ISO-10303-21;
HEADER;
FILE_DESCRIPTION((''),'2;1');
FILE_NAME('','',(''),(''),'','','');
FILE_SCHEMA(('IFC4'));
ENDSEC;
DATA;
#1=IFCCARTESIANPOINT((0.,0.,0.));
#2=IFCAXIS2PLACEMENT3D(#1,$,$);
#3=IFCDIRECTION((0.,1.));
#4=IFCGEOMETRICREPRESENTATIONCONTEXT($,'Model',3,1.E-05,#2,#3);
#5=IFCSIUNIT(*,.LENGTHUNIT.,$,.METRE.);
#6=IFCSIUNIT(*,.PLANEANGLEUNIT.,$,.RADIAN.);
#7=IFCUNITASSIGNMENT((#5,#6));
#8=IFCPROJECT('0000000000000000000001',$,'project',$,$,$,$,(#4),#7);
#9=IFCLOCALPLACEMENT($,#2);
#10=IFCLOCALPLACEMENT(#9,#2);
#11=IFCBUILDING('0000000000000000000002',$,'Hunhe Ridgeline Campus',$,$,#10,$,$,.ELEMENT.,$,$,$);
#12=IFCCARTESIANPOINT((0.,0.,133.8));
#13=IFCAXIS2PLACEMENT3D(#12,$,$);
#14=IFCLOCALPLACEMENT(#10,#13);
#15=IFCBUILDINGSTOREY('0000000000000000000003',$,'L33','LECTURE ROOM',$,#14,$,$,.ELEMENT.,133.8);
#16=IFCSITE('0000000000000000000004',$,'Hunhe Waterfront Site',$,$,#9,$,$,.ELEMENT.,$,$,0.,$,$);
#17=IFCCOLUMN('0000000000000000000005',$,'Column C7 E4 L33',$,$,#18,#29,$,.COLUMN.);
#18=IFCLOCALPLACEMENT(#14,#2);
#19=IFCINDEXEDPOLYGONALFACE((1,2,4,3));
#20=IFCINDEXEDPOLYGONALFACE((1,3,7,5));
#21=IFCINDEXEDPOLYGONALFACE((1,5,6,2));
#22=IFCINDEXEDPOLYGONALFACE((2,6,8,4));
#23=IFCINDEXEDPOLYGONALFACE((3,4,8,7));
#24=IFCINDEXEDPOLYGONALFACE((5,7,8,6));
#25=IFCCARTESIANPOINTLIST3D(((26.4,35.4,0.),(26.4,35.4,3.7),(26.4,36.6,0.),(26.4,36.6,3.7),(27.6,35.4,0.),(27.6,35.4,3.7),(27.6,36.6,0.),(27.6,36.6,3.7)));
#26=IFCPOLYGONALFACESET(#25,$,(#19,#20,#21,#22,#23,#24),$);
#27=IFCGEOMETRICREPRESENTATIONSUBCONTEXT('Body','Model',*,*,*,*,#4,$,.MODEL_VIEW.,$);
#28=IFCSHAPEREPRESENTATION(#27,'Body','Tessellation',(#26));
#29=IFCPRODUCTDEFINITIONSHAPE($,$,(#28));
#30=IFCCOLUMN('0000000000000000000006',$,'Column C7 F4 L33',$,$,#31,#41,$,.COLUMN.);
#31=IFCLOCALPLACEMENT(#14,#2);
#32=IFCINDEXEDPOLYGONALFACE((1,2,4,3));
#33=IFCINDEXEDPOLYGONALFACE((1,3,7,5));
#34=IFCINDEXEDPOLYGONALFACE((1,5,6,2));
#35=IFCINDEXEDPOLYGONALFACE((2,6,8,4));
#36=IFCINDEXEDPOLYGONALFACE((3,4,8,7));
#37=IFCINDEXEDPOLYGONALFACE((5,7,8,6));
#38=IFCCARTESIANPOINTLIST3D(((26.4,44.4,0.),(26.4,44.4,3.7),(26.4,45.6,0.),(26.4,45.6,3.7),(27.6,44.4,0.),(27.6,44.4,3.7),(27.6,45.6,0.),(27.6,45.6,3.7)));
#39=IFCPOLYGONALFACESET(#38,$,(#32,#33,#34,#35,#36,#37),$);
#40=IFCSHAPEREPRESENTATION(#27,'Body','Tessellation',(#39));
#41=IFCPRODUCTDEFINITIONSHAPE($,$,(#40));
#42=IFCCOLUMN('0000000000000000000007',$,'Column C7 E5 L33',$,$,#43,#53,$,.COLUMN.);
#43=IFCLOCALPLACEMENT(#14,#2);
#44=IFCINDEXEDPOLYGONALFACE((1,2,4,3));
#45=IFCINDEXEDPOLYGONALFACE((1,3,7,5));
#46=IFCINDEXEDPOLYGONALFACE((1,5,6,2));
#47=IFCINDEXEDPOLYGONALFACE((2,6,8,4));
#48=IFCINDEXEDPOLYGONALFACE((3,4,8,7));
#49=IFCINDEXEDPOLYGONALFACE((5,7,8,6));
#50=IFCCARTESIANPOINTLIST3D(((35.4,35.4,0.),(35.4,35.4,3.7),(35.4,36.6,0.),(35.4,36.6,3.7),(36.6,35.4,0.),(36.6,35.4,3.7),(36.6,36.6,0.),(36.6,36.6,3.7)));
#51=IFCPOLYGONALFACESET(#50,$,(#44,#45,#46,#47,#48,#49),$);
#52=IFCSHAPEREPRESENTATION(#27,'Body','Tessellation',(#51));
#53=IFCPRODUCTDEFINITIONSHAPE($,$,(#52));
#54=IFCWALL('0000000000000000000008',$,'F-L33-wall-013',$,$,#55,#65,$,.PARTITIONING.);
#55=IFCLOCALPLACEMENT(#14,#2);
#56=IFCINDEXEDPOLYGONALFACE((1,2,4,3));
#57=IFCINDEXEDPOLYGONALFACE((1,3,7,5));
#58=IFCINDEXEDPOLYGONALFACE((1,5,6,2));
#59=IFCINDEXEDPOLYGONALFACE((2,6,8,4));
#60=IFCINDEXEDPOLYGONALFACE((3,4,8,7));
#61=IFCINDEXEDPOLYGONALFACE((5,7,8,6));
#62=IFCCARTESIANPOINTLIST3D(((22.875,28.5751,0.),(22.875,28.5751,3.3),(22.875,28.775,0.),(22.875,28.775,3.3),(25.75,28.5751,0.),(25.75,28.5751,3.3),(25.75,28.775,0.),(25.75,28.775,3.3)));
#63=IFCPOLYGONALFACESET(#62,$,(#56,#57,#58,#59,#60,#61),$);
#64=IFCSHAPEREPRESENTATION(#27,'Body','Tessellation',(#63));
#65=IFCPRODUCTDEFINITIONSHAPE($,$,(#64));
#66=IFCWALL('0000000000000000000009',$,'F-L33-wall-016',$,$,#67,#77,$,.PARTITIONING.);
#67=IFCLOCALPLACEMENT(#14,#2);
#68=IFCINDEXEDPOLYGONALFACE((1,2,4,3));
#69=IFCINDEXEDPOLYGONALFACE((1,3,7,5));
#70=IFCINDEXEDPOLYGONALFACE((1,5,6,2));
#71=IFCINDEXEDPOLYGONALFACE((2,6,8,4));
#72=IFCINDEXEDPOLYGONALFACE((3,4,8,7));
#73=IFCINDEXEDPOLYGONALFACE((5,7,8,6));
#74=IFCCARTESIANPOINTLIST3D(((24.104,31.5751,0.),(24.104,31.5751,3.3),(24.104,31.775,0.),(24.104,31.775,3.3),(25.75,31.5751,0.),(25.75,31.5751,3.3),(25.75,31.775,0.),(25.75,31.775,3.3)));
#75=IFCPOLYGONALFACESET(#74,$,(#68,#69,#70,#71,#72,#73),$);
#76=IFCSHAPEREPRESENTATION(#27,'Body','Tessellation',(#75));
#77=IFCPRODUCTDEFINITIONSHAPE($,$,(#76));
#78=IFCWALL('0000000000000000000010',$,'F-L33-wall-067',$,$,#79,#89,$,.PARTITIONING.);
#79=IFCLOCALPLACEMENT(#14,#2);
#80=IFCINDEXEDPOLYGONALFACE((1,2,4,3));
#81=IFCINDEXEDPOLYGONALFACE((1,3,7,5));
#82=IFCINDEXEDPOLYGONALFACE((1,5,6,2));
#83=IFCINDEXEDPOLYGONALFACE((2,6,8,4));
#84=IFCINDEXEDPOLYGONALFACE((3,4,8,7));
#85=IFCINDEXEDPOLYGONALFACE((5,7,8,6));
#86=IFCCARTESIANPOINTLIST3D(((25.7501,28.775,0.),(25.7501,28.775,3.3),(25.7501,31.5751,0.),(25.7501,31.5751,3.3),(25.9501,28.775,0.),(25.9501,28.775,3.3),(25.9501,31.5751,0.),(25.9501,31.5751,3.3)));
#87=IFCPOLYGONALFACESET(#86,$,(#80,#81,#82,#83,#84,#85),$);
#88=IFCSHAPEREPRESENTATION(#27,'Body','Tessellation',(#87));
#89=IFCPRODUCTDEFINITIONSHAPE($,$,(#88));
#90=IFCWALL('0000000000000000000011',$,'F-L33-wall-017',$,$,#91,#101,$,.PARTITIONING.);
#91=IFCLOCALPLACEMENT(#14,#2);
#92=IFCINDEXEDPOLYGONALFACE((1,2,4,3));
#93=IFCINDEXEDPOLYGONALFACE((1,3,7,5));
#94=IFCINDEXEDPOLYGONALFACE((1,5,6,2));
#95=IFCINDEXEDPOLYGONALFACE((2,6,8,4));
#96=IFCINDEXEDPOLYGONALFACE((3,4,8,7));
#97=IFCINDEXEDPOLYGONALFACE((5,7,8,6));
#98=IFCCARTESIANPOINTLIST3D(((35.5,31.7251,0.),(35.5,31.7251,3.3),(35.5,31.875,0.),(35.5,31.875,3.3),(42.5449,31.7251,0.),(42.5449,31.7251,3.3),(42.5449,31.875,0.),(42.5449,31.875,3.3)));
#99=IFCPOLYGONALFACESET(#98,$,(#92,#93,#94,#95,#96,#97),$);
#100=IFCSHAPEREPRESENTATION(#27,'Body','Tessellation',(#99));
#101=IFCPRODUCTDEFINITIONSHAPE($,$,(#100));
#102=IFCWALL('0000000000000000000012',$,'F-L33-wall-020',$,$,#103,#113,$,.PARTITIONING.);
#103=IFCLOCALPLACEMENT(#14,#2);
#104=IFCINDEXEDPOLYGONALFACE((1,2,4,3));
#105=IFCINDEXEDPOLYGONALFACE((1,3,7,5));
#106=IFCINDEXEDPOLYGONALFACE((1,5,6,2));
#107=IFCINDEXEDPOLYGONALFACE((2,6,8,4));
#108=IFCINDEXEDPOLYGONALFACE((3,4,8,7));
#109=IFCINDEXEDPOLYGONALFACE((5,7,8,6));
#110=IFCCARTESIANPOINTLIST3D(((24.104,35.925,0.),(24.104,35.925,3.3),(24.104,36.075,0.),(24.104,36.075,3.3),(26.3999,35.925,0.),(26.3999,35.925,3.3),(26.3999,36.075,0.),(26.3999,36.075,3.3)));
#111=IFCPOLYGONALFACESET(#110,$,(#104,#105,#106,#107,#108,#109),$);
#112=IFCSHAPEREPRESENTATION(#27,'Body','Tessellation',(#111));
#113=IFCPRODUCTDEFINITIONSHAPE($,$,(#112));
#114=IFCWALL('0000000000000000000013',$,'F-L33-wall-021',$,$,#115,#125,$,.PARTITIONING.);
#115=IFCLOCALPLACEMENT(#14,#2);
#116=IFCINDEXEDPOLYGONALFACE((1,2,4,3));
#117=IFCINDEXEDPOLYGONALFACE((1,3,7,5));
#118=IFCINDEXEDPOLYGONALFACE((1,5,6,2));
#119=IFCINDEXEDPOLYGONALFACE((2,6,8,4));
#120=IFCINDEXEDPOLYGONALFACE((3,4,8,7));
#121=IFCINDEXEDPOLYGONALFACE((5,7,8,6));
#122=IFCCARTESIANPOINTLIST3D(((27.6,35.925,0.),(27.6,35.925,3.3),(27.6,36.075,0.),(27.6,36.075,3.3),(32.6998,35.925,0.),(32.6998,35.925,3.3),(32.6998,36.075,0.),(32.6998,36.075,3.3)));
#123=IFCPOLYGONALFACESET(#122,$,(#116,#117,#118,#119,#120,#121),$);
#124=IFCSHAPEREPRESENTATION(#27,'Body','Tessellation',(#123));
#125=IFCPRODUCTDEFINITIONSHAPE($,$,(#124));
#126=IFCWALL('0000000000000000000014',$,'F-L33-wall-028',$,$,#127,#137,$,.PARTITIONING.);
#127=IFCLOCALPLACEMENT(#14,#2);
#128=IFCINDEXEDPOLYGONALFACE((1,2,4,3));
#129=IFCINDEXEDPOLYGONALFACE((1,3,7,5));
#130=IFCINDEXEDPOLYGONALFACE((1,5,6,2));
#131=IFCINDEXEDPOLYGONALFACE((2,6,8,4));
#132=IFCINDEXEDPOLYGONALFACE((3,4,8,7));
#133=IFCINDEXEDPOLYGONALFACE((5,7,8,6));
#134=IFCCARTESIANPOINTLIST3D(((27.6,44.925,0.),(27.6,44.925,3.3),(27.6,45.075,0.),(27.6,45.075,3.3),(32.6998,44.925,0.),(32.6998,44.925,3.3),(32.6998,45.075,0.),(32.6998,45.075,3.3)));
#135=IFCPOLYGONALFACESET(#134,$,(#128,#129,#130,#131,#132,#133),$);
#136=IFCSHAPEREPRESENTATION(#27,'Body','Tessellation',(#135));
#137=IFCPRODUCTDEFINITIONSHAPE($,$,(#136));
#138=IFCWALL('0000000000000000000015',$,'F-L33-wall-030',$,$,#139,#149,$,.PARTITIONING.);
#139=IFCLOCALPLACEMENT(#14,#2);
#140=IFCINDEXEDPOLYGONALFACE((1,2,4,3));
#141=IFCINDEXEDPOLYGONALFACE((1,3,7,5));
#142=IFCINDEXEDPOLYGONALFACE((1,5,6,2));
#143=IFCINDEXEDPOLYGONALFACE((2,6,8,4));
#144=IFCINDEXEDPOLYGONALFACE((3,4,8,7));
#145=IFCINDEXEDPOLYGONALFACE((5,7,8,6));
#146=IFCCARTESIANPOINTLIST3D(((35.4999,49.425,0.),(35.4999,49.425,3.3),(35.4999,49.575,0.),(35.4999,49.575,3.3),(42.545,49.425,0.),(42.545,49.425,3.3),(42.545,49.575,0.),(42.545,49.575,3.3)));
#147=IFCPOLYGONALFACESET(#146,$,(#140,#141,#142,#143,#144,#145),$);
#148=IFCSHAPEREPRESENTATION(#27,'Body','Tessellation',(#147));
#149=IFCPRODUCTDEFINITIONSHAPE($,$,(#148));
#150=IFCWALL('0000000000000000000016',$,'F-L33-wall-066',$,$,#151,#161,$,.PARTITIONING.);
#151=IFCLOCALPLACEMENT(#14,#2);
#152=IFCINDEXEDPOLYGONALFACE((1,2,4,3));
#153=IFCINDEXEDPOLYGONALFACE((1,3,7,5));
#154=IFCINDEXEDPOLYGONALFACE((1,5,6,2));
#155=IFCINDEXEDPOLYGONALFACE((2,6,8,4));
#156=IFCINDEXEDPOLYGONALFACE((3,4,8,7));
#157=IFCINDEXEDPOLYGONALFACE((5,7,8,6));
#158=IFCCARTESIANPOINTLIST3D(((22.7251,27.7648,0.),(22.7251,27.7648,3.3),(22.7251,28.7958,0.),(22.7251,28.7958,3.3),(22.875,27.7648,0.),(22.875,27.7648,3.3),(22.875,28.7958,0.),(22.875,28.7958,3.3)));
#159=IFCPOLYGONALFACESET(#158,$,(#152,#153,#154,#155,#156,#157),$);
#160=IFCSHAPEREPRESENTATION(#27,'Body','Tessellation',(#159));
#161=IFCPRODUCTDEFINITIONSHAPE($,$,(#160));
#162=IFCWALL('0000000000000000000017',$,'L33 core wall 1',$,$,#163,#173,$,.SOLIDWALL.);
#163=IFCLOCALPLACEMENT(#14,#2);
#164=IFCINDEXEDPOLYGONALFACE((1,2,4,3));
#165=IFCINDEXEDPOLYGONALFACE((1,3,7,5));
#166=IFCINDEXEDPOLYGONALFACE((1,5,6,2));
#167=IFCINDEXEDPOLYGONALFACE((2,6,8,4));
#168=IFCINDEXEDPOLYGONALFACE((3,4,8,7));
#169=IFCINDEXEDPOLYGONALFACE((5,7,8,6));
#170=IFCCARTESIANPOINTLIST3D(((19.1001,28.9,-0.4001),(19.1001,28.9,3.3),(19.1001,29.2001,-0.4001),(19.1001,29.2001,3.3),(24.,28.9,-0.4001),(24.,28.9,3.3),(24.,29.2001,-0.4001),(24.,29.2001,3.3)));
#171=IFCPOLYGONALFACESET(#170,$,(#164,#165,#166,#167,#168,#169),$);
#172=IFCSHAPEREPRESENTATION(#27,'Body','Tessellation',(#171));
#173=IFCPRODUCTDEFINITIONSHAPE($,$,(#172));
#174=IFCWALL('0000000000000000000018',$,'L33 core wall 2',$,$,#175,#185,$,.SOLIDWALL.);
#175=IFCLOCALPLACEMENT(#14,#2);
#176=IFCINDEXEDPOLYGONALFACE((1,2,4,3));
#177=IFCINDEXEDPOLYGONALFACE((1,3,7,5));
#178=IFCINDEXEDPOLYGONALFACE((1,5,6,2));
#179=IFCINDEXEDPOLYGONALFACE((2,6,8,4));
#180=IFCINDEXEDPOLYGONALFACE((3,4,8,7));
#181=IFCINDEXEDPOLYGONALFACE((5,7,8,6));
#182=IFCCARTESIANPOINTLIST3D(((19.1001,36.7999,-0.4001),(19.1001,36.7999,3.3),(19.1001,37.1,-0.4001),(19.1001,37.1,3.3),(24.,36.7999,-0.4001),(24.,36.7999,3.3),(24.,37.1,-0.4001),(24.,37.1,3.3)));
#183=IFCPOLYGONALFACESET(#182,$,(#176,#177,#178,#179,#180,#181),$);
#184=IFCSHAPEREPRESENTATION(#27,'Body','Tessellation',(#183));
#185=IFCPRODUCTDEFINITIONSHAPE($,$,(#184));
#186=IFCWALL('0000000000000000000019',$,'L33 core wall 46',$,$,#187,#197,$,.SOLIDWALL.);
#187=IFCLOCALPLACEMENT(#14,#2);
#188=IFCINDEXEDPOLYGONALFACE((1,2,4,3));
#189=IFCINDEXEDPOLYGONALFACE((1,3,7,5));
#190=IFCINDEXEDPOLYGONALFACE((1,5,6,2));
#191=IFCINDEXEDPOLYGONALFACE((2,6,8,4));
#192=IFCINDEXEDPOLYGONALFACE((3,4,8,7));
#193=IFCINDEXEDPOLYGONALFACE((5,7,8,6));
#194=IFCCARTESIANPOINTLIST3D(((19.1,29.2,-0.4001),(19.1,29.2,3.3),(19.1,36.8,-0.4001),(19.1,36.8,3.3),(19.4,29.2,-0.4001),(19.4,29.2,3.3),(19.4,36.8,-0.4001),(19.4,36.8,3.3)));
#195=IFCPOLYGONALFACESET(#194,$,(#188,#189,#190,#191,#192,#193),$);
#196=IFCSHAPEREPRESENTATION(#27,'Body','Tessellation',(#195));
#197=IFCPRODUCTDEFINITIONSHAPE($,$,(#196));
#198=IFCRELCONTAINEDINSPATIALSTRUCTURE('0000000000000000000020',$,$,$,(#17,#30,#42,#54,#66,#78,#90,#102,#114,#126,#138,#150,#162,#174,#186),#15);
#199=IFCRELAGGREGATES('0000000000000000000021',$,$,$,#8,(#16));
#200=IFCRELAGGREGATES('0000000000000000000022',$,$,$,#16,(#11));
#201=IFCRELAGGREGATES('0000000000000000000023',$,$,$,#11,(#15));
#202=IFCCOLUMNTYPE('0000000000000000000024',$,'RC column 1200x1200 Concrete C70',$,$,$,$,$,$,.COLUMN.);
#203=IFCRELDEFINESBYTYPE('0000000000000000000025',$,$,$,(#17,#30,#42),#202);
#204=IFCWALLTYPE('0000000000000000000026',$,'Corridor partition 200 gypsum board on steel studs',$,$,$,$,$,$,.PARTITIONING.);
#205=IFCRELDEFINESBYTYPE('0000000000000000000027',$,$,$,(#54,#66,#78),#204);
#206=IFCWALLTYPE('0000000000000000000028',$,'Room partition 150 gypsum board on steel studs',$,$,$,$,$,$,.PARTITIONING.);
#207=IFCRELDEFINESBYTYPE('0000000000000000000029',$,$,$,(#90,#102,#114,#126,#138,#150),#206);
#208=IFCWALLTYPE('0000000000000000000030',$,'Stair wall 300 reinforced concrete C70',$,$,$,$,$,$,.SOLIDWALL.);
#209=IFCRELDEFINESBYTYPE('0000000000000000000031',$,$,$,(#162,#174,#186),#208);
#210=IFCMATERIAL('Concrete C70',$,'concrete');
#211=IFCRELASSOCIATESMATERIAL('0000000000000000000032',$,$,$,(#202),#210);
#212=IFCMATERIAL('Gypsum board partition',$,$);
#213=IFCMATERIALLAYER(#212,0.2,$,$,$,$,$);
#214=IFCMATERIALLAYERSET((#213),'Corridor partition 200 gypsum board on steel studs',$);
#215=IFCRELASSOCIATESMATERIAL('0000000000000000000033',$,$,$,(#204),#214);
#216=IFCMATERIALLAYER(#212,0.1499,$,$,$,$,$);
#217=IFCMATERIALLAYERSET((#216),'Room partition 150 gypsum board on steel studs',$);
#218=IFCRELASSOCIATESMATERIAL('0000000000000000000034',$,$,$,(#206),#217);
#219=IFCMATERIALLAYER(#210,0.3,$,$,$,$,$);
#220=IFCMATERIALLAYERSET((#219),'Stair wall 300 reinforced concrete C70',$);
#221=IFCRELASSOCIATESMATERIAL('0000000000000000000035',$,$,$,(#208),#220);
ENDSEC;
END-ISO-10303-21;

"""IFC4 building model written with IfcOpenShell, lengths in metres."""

from ifc_helpers import new_model, si_unit, direction, frame, frame_2d, origin, origin_2d, place, context, subcontext, project, spatial, rectangle, extrude, material, layer, layer_set, material_profile, profile_set, type_object, element, save


model = new_model("IFC4")

# Units and contexts
model_context = context("Model", 3, precision=1e-05, world=origin(), true_north=direction((0.0, 1.0)))
body_context = subcontext(model_context, "Body", "Model", "MODEL_VIEW")
ifc_project = project(units=[si_unit("LENGTHUNIT", "METRE"), si_unit("PLANEANGLEUNIT", "RADIAN")], contexts=[model_context])

# Site, building, storey
site_placement = place(None, origin())
site = spatial("IfcSite", under=ifc_project, at=site_placement, Name="Hunhe Waterfront Site", CompositionType="ELEMENT", RefElevation=0.0)
building_placement = place(site_placement, origin())
building = spatial("IfcBuilding", under=site, at=building_placement, Name="Hunhe Ridgeline Campus", CompositionType="ELEMENT")
storey_placement = place(building_placement, frame((0.0, 0.0, 133.8)))
storey = spatial("IfcBuildingStorey", under=building, at=storey_placement, Name="L33", Description="LECTURE ROOM", CompositionType="ELEMENT", Elevation=133.8)

# Columns
ifc_material_1 = material(Name="Concrete C70", Category="concrete")
ifc_material_profile = material_profile(ifc_material_1, rectangle(XDim=1.2, YDim=1.2, at=origin_2d()))
ifc_profile_set = profile_set([ifc_material_profile], Name="Concrete C70")
column_type = type_object("IfcColumnType", Name="RC column 1200x1200 Concrete C70", PredefinedType="COLUMN", material=ifc_profile_set)
for number, where, z_axis, x_axis, name in (
    (1, (27.0, 36.0, 0.0), (0.0, 0.0, 1.0), (1.0, 0.0, 0.0), "Column C7 E4 L33"),
    (2, (27.0, 45.0, 0.0), (0.0, 0.0, 1.0), (1.0, 0.0, 0.0), "Column C7 F4 L33"),
    (3, (36.0, 36.0, 0.0), (0.0, 0.0, 1.0), (1.0, 0.0, 0.0), "Column C7 E5 L33"),
):
    element("IfcColumn", number, at=place(storey_placement, frame(where, z_axis=z_axis, x_axis=x_axis)), inside=storey, type_object=column_type, Name=name, PredefinedType="COLUMN", context=body_context, shape_type="SweptSolid", body=[
        extrude(rectangle(XDim=1.2, YDim=1.2, at=origin_2d()), origin(), (0.0, 0.0, 1.0), 3.7),
    ])

# Walls
ifc_material_2 = material(Name="Gypsum board partition")
ifc_layer_1 = layer(ifc_material_2, 0.2)
ifc_layer_set_1 = layer_set([ifc_layer_1], Name="Corridor partition 200 gypsum board on steel studs")
wall_type_1 = type_object("IfcWallType", Name="Corridor partition 200 gypsum board on steel studs", PredefinedType="PARTITIONING", material=ifc_layer_set_1)
wall_1_placement = place(storey_placement, frame((25.75, 28.675, 0.0), z_axis=(0.0, 0.0, 1.0), x_axis=(-1.0, 0.0, 0.0)))
element("IfcWall", 4, at=wall_1_placement, inside=storey, type_object=wall_type_1, Name="F-L33-wall-013", PredefinedType="PARTITIONING", context=body_context, shape_type="SweptSolid", body=[
    extrude(rectangle(XDim=2.875, YDim=0.2, at=frame_2d((1.4375, 0.0))), origin(), (0.0, 0.0, 1.0), 3.3),
])
wall_2_placement = place(storey_placement, frame((24.104, 31.675, 0.0), z_axis=(0.0, 0.0, 1.0), x_axis=(1.0, 0.0, 0.0)))
element("IfcWall", 5, at=wall_2_placement, inside=storey, type_object=wall_type_1, Name="F-L33-wall-016", PredefinedType="PARTITIONING", context=body_context, shape_type="SweptSolid", body=[
    extrude(rectangle(XDim=1.646, YDim=0.2, at=frame_2d((0.823, 0.0))), origin(), (0.0, 0.0, 1.0), 3.3),
])
wall_3_placement = place(storey_placement, frame((25.8501, 31.575, 0.0), z_axis=(0.0, 0.0, 1.0), x_axis=(0.0, -1.0, 0.0)))
element("IfcWall", 6, at=wall_3_placement, inside=storey, type_object=wall_type_1, Name="F-L33-wall-067", PredefinedType="PARTITIONING", context=body_context, shape_type="SweptSolid", body=[
    extrude(rectangle(XDim=2.8, YDim=0.2, at=frame_2d((1.3999, 0.0))), origin(), (0.0, 0.0, 1.0), 3.3),
])

# Walls
ifc_layer_2 = layer(ifc_material_2, 0.1499)
ifc_layer_set_2 = layer_set([ifc_layer_2], Name="Room partition 150 gypsum board on steel studs")
wall_type_2 = type_object("IfcWallType", Name="Room partition 150 gypsum board on steel studs", PredefinedType="PARTITIONING", material=ifc_layer_set_2)
wall_4_placement = place(storey_placement, frame((35.5, 31.8, 0.0), z_axis=(0.0, 0.0, 1.0), x_axis=(1.0, 0.0, 0.0)))
element("IfcWall", 7, at=wall_4_placement, inside=storey, type_object=wall_type_2, Name="F-L33-wall-017", PredefinedType="PARTITIONING", context=body_context, shape_type="SweptSolid", body=[
    extrude(rectangle(XDim=7.0449, YDim=0.1499, at=frame_2d((3.5225, 0.0))), origin(), (0.0, 0.0, 1.0), 3.3),
])
wall_5_placement = place(storey_placement, frame((24.104, 36.0, 0.0), z_axis=(0.0, 0.0, 1.0), x_axis=(1.0, 0.0, 0.0)))
element("IfcWall", 8, at=wall_5_placement, inside=storey, type_object=wall_type_2, Name="F-L33-wall-020", PredefinedType="PARTITIONING", context=body_context, shape_type="SweptSolid", body=[
    extrude(rectangle(XDim=2.2959, YDim=0.1499, at=frame_2d((1.1479, 0.0))), origin(), (0.0, 0.0, 1.0), 3.3),
])
for number, where, z_axis, x_axis, name in (
    (9, (27.6001, 36.0, 0.0), (0.0, 0.0, 1.0), (1.0, 0.0, 0.0), "F-L33-wall-021"),
    (10, (27.6001, 45.0, 0.0), (0.0, 0.0, 1.0), (1.0, 0.0, 0.0), "F-L33-wall-028"),
):
    element("IfcWall", number, at=place(storey_placement, frame(where, z_axis=z_axis, x_axis=x_axis)), inside=storey, type_object=wall_type_2, Name=name, PredefinedType="PARTITIONING", context=body_context, shape_type="SweptSolid", body=[
        extrude(rectangle(XDim=5.0999, YDim=0.1499, at=frame_2d((2.5498, 0.0))), origin(), (0.0, 0.0, 1.0), 3.3),
    ])
wall_6_placement = place(storey_placement, frame((35.5, 49.5, 0.0), z_axis=(0.0, 0.0, 1.0), x_axis=(1.0, 0.0, 0.0)))
element("IfcWall", 11, at=wall_6_placement, inside=storey, type_object=wall_type_2, Name="F-L33-wall-030", PredefinedType="PARTITIONING", context=body_context, shape_type="SweptSolid", body=[
    extrude(rectangle(XDim=7.0452, YDim=0.1499, at=frame_2d((3.5225, 0.0))), origin(), (0.0, 0.0, 1.0), 3.3),
])
wall_7_placement = place(storey_placement, frame((22.8, 28.7959, 0.0), z_axis=(0.0, 0.0, 1.0), x_axis=(0.0, -1.0, 0.0)))
element("IfcWall", 12, at=wall_7_placement, inside=storey, type_object=wall_type_2, Name="F-L33-wall-066", PredefinedType="PARTITIONING", context=body_context, shape_type="SweptSolid", body=[
    extrude(rectangle(XDim=1.031, YDim=0.1499, at=frame_2d((0.5156, 0.0))), origin(), (0.0, 0.0, 1.0), 3.3),
])
ifc_layer_3 = layer(ifc_material_1, 0.3)
ifc_layer_set_3 = layer_set([ifc_layer_3], Name="Stair wall 300 reinforced concrete C70")
wall_type_3 = type_object("IfcWallType", Name="Stair wall 300 reinforced concrete C70", PredefinedType="SOLIDWALL", material=ifc_layer_set_3)
for number, where, z_axis, x_axis, name in (
    (13, (19.1001, 29.05, -0.4001), (0.0, 0.0, 1.0), (1.0, 0.0, 0.0), "L33 core wall 1"),
    (14, (19.1001, 36.95, -0.4001), (0.0, 0.0, 1.0), (1.0, 0.0, 0.0), "L33 core wall 2"),
):
    element("IfcWall", number, at=place(storey_placement, frame(where, z_axis=z_axis, x_axis=x_axis)), inside=storey, type_object=wall_type_3, Name=name, PredefinedType="SOLIDWALL", context=body_context, shape_type="SweptSolid", body=[
        extrude(rectangle(XDim=4.8999, YDim=0.3, at=frame_2d((2.45, 0.0))), origin(), (0.0, 0.0, 1.0), 3.7002),
    ])
wall_8_placement = place(storey_placement, frame((19.25, 29.2, -0.4001), z_axis=(0.0, 0.0, 1.0), x_axis=(0.0, 1.0, 0.0)))
element("IfcWall", 15, at=wall_8_placement, inside=storey, type_object=wall_type_3, Name="L33 core wall 46", PredefinedType="SOLIDWALL", context=body_context, shape_type="SweptSolid", body=[
    extrude(rectangle(XDim=7.6001, YDim=0.3, at=frame_2d((3.8, 0.0))), origin(), (0.0, 0.0, 1.0), 3.7002),
])

save(model, "model.ifc")
